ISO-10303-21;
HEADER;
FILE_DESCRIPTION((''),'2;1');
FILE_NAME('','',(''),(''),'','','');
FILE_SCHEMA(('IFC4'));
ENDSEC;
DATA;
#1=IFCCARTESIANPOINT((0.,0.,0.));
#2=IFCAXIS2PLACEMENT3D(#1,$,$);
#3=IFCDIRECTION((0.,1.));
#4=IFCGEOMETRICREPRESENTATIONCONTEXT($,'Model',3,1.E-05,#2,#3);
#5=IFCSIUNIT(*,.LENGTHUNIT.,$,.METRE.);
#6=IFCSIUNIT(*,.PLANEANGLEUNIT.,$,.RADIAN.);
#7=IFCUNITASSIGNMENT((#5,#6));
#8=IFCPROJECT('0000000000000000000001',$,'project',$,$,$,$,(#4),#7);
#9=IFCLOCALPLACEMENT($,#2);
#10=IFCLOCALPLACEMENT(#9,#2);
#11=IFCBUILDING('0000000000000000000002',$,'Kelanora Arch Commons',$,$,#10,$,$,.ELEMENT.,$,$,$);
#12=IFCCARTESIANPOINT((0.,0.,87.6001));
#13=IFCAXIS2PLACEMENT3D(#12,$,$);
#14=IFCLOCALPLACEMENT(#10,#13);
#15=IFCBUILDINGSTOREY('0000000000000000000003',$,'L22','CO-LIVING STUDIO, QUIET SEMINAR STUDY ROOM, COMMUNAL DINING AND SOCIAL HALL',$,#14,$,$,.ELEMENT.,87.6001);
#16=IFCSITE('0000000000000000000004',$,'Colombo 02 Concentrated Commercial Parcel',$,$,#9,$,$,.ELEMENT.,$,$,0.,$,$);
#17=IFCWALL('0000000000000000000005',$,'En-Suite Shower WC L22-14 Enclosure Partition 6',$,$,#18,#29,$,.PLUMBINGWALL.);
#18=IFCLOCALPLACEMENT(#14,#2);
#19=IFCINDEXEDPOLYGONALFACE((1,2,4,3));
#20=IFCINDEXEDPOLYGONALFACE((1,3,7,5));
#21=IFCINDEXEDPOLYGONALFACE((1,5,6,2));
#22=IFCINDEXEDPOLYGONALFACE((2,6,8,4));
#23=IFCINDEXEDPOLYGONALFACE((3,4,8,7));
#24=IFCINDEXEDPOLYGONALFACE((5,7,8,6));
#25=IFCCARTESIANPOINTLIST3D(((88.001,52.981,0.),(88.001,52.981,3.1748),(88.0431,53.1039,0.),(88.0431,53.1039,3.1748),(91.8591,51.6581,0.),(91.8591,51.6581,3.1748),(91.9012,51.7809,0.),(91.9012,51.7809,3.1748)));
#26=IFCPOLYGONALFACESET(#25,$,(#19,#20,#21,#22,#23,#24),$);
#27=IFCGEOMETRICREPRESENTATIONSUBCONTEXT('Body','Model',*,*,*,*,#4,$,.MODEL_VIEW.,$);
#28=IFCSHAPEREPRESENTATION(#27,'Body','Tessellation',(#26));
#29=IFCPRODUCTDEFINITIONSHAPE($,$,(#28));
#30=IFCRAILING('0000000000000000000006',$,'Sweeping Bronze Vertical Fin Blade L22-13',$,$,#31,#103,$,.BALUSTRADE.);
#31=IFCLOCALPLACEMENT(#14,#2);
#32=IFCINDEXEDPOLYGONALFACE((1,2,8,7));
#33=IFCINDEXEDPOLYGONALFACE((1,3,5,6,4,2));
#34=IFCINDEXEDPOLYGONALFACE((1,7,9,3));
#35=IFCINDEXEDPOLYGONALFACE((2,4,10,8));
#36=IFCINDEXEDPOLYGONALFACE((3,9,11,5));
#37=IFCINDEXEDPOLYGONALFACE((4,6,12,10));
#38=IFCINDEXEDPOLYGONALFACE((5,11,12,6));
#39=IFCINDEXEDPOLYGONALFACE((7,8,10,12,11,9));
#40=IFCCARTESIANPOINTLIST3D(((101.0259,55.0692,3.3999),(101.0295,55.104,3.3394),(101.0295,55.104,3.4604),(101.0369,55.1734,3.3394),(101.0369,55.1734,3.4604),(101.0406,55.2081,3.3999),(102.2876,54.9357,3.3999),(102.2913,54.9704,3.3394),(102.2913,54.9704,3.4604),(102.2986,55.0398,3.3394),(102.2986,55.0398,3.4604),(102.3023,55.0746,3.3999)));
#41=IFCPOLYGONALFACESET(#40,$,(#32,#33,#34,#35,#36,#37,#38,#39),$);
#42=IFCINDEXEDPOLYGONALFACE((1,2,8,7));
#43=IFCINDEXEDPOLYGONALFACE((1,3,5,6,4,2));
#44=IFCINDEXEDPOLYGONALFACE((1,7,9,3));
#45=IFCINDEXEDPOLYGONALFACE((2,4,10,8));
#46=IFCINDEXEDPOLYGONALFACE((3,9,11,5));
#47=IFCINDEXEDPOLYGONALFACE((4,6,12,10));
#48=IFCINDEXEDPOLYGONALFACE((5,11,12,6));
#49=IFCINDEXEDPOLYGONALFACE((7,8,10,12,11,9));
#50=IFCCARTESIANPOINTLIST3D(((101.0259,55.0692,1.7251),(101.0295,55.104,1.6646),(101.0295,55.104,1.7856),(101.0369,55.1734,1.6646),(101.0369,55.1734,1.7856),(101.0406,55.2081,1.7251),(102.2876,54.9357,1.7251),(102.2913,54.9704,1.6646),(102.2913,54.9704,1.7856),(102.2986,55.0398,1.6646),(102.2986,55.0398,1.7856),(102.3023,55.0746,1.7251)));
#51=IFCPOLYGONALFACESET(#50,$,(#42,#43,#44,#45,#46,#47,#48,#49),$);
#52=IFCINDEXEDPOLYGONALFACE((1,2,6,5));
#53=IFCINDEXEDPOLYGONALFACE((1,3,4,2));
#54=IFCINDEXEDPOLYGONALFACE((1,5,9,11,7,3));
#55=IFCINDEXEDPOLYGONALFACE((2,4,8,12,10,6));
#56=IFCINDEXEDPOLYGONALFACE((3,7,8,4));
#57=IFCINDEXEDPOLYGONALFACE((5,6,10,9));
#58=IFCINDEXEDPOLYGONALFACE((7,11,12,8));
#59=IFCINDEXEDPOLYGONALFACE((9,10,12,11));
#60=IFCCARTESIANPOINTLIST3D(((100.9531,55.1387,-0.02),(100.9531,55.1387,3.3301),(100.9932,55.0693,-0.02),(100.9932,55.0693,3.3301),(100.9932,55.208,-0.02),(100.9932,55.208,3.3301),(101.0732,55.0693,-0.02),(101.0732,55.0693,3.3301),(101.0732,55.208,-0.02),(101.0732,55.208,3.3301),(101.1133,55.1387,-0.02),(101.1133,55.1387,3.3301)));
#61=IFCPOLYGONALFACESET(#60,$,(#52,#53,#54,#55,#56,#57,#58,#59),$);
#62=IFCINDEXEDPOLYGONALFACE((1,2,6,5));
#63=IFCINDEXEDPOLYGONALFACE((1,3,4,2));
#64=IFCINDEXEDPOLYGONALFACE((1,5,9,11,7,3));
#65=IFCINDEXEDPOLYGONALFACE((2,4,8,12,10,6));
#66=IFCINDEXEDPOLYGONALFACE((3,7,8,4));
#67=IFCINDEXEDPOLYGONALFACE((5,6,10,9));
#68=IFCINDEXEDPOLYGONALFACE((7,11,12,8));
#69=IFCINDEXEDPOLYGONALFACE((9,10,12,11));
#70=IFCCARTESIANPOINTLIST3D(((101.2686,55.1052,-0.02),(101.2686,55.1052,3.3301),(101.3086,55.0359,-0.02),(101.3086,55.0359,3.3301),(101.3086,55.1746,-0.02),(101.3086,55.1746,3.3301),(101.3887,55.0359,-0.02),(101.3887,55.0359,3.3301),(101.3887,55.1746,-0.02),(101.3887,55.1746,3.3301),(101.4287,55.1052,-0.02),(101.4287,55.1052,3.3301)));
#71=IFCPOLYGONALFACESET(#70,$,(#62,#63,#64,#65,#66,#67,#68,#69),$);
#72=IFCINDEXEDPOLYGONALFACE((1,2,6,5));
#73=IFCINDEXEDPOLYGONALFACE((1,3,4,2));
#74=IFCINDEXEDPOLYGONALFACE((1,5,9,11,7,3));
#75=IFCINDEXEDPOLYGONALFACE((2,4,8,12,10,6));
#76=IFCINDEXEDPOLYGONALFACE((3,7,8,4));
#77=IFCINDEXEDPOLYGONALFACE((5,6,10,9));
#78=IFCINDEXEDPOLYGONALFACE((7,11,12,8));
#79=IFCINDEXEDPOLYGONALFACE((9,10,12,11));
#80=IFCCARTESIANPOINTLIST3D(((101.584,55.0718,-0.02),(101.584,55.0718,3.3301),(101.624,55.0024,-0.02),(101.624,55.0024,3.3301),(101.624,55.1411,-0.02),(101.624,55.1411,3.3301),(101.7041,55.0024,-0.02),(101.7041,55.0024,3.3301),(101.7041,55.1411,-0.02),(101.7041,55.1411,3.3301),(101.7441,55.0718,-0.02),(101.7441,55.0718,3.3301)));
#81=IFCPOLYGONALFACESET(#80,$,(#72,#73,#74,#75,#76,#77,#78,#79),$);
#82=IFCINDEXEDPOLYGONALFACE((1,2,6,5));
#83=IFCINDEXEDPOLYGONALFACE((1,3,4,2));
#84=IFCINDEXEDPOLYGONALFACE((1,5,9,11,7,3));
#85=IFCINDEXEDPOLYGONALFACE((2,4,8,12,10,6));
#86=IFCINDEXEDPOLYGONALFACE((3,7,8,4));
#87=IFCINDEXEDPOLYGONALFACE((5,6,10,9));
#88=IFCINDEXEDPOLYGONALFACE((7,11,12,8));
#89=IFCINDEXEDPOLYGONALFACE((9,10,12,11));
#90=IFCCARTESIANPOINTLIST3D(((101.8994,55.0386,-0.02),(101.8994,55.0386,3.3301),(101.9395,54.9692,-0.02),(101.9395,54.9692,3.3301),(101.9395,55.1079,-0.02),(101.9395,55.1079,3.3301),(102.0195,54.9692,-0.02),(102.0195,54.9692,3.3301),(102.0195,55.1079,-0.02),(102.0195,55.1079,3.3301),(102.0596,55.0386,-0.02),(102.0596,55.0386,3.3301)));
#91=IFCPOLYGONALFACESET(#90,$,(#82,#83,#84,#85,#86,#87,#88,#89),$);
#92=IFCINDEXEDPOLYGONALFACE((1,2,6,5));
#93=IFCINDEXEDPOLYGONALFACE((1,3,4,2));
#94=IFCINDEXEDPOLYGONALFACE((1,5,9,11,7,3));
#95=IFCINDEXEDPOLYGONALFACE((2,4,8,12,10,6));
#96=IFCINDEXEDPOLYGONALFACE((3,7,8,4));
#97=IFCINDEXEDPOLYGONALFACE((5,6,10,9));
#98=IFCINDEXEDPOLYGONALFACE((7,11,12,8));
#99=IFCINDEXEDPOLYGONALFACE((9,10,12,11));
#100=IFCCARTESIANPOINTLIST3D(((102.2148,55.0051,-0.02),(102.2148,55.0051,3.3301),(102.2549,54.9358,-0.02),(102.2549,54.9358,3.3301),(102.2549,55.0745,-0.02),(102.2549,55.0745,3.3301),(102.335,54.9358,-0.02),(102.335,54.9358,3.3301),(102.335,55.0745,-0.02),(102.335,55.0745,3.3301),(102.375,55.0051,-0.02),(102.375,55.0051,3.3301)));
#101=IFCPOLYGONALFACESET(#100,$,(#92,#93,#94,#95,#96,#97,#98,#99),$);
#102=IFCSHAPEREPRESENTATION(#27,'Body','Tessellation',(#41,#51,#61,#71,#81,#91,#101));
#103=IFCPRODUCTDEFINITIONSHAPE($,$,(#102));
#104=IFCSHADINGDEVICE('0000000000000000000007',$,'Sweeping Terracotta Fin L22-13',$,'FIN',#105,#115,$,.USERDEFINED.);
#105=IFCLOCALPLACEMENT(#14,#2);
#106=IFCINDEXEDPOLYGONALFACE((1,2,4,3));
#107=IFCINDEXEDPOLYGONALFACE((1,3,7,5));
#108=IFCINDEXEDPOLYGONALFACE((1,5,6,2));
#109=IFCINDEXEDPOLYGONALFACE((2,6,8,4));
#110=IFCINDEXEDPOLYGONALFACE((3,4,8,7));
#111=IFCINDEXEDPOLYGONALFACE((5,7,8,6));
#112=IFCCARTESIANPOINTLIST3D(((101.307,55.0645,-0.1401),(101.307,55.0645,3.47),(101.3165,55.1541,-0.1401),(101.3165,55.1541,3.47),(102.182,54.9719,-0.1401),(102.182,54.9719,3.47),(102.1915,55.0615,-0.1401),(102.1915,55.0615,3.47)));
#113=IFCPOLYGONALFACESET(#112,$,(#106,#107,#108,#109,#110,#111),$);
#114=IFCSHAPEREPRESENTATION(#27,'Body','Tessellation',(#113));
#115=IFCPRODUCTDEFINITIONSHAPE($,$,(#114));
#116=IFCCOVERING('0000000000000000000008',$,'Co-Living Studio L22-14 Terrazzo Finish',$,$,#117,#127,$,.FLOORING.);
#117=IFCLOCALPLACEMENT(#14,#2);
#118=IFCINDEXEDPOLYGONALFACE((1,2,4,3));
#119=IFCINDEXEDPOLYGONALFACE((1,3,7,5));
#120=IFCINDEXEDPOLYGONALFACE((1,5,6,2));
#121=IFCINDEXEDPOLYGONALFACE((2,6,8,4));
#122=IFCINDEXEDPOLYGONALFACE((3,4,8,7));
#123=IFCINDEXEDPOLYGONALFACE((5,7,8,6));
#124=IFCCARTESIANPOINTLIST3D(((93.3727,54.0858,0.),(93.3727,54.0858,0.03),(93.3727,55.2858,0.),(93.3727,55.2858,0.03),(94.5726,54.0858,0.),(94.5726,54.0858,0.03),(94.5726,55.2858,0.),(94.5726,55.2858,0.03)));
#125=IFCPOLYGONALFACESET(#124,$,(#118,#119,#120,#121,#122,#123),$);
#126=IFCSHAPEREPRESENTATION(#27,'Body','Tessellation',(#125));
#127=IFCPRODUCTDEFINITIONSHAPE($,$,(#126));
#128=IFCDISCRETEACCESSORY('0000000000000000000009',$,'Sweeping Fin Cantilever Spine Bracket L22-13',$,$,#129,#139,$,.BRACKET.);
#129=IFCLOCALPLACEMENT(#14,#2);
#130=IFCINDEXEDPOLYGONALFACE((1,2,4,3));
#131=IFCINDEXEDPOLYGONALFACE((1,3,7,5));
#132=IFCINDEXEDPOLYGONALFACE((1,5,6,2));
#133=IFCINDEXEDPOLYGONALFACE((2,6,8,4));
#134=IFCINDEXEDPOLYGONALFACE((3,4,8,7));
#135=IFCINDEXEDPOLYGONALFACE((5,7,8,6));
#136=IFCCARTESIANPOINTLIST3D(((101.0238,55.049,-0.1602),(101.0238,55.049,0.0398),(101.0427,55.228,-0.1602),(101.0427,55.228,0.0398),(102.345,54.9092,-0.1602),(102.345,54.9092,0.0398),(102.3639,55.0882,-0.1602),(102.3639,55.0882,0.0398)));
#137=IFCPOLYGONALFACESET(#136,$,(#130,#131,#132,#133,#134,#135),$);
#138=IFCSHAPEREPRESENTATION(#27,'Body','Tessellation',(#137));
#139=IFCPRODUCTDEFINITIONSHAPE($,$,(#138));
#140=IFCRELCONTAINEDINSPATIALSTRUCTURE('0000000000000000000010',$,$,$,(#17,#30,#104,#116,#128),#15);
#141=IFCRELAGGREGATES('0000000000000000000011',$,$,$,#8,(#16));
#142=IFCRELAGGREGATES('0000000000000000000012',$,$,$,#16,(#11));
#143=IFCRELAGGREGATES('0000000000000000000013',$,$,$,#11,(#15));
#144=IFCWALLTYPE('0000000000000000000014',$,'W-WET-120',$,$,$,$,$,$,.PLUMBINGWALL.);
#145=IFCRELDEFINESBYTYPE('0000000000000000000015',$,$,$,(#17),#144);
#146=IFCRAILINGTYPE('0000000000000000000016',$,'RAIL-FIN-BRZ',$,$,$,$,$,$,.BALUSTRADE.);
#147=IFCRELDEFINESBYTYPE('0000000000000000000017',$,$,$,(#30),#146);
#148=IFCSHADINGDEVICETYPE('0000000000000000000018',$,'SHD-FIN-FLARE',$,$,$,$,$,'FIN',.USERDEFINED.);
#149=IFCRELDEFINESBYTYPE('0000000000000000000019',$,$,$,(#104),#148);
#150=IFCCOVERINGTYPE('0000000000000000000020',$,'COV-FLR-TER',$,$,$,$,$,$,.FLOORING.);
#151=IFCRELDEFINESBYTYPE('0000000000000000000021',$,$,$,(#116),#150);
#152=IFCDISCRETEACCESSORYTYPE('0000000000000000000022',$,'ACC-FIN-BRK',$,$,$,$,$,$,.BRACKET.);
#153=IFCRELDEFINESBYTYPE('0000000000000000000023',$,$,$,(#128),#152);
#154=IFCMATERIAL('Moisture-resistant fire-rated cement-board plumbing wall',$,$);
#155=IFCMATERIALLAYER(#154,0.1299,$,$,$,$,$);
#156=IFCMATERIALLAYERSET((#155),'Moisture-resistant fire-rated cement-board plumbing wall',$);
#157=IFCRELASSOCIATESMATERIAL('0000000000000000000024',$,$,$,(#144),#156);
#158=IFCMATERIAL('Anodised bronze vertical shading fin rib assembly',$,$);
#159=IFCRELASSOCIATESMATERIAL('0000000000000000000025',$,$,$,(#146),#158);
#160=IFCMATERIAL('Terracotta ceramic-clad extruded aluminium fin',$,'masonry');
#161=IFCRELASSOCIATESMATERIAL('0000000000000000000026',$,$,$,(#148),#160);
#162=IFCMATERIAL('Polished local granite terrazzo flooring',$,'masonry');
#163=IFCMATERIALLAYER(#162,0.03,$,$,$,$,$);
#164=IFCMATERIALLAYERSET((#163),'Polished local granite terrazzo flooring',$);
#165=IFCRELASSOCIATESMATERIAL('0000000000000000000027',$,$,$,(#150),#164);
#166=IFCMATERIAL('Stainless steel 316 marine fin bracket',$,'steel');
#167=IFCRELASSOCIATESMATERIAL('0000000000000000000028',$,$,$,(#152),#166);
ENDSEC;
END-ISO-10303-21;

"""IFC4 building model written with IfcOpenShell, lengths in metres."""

from ifc_helpers import new_model, si_unit, direction, frame, frame_2d, origin, origin_2d, place, context, subcontext, project, spatial, polyline, rectangle, outline, extrude, source, transform, mapped, material, layer, layer_set, type_object, element, save


model = new_model("IFC4")

# Units and contexts
model_context = context("Model", 3, precision=1e-05, world=origin(), true_north=direction((0.0, 1.0)))
body_context = subcontext(model_context, "Body", "Model", "MODEL_VIEW")
ifc_project = project(units=[si_unit("LENGTHUNIT", "METRE"), si_unit("PLANEANGLEUNIT", "RADIAN")], contexts=[model_context])

# Site, building, storey
site_placement = place(None, origin())
site = spatial("IfcSite", under=ifc_project, at=site_placement, Name="Colombo 02 Concentrated Commercial Parcel", CompositionType="ELEMENT", RefElevation=0.0)
building_placement = place(site_placement, origin())
building = spatial("IfcBuilding", under=site, at=building_placement, Name="Kelanora Arch Commons", CompositionType="ELEMENT")
storey_placement = place(building_placement, frame((0.0, 0.0, 87.6001)))
storey = spatial("IfcBuildingStorey", under=building, at=storey_placement, Name="L22", Description="CO-LIVING STUDIO, QUIET SEMINAR STUDY ROOM, COMMUNAL DINING AND SOCIAL HALL", CompositionType="ELEMENT", Elevation=87.6001)

# Shared definitions
ifc_material_1 = material(Name="Moisture-resistant fire-rated cement-board plumbing wall")
ifc_layer_1 = layer(ifc_material_1, 0.1299)
ifc_layer_set_1 = layer_set([ifc_layer_1], Name="Moisture-resistant fire-rated cement-board plumbing wall")
wall_type_1 = type_object("IfcWallType", Name="W-WET-120", PredefinedType="PLUMBINGWALL", material=ifc_layer_set_1)

# Wall
wall_1_placement = place(storey_placement, frame((91.8801, 51.7195, 0.0), z_axis=(0.0, 0.0, 1.0), x_axis=(-0.945931, 0.324369, 0.0)))
element("IfcWall", 1, at=wall_1_placement, inside=storey, type_object=wall_type_1, Name="En-Suite Shower WC L22-14 Enclosure Partition 6", PredefinedType="PLUMBINGWALL", context=body_context, shape_type="SweptSolid", body=[
    extrude(rectangle(XDim=4.0786, YDim=0.1299, at=frame_2d((2.0393, 0.0))), origin(), (0.0, 0.0, 1.0), 3.1748),
])

# Railing
ifc_material_2 = material(Name="Anodised bronze vertical shading fin rib assembly")
railing_type_1 = type_object("IfcRailingType", Name="RAIL-FIN-BRZ", PredefinedType="BALUSTRADE", material=ifc_material_2)
railing_1_placement = place(storey_placement, frame((101.0332, 55.1387, -0.02)))
element("IfcRailing", 2, at=railing_1_placement, inside=storey, type_object=railing_type_1, Name="Sweeping Bronze Vertical Fin Blade L22-13", PredefinedType="BALUSTRADE", context=body_context, shape_type="SweptSolid", body=[
    extrude(outline(polyline([(0.0698, 0.0), (0.0349, 0.0605), (-0.0349, 0.0605), (-0.0698, 0.0), (-0.0349, -0.0605), (0.0349, -0.0605), (0.0698, 0.0)])), frame((0.0, 0.0, 3.4199), z_axis=(0.994445, -0.105256, 0.0), x_axis=(0.105256, 0.994445, 0.0)), (0.0, 0.0, 1.0), 1.2688),
    extrude(outline(polyline([(0.0698, 0.0), (0.0349, 0.0605), (-0.0349, 0.0605), (-0.0698, 0.0), (-0.0349, -0.0605), (0.0349, -0.0605), (0.0698, 0.0)])), frame((0.0, 0.0, 1.7451), z_axis=(0.994445, -0.105256, 0.0), x_axis=(0.105256, 0.994445, 0.0)), (0.0, 0.0, 1.0), 1.2688),
    extrude(outline(polyline([(0.0801, 0.0), (0.04, 0.0693), (-0.04, 0.0693), (-0.0801, 0.0), (-0.04, -0.0693), (0.04, -0.0693), (0.0801, 0.0)])), origin(), (0.0, 0.0, 1.0), 3.3501),
    extrude(outline(polyline([(0.0801, 0.0), (0.04, 0.0693), (-0.04, 0.0693), (-0.0801, 0.0), (-0.04, -0.0693), (0.04, -0.0693), (0.0801, 0.0)])), frame((0.3154, -0.0334, 0.0)), (0.0, 0.0, 1.0), 3.3501),
    extrude(outline(polyline([(0.0801, 0.0), (0.04, 0.0693), (-0.04, 0.0693), (-0.0801, 0.0), (-0.04, -0.0693), (0.04, -0.0693), (0.0801, 0.0)])), frame((0.6309, -0.0669, 0.0)), (0.0, 0.0, 1.0), 3.3501),
    extrude(outline(polyline([(0.0801, 0.0), (0.04, 0.0693), (-0.04, 0.0693), (-0.0801, 0.0), (-0.04, -0.0693), (0.04, -0.0693), (0.0801, 0.0)])), frame((0.9463, -0.1001, 0.0)), (0.0, 0.0, 1.0), 3.3501),
    extrude(outline(polyline([(0.0801, 0.0), (0.04, 0.0693), (-0.04, 0.0693), (-0.0801, 0.0), (-0.04, -0.0693), (0.04, -0.0693), (0.0801, 0.0)])), frame((1.2617, -0.1335, 0.0)), (0.0, 0.0, 1.0), 3.3501),
])

# Shading device
ifc_material_3 = material(Name="Terracotta ceramic-clad extruded aluminium fin", Category="masonry")
shading_device_type = type_object("IfcShadingDeviceType", Name="SHD-FIN-FLARE", ElementType="FIN", PredefinedType="USERDEFINED", material=ifc_material_3)
shared_shape_1 = source(origin(), body_context, "Body", "SweptSolid", [
    extrude(rectangle(XDim=0.8799, YDim=0.0901, at=origin_2d()), origin(), (0.0, 0.0, 1.0), 3.6101),
])
shading_device_placement = place(storey_placement, frame((101.7493, 55.063, -0.1401), z_axis=(0.0, 0.0, 1.0), x_axis=(0.994449, -0.105223, 0.0)))
element("IfcShadingDevice", 3, at=shading_device_placement, inside=storey, type_object=shading_device_type, Name="Sweeping Terracotta Fin L22-13", ObjectType="FIN", PredefinedType="USERDEFINED", context=body_context, shape_type="MappedRepresentation", body=[
    mapped(shared_shape_1, transform((0.0, 0.0, 0.0), scale=1.0)),
])

# Covering
ifc_material_4 = material(Name="Polished local granite terrazzo flooring", Category="masonry")
ifc_layer_2 = layer(ifc_material_4, 0.03)
ifc_layer_set_2 = layer_set([ifc_layer_2], Name="Polished local granite terrazzo flooring")
covering_type = type_object("IfcCoveringType", Name="COV-FLR-TER", PredefinedType="FLOORING", material=ifc_layer_set_2)
shared_shape_2 = source(origin(), body_context, "Body", "SweptSolid", [
    extrude(rectangle(XDim=1.2, YDim=1.2, at=origin_2d()), origin(), (0.0, 0.0, 1.0), 0.03),
])
covering_placement = place(storey_placement, frame((93.9727, 54.6858, 0.0), z_axis=(0.0, 0.0, 1.0), x_axis=(1.0, 0.0, 0.0)))
element("IfcCovering", 4, at=covering_placement, inside=storey, type_object=covering_type, Name="Co-Living Studio L22-14 Terrazzo Finish", PredefinedType="FLOORING", context=body_context, shape_type="MappedRepresentation", body=[
    mapped(shared_shape_2, transform((0.0, 0.0, 0.0), scale=1.0)),
])

# Discrete accessory
ifc_material_5 = material(Name="Stainless steel 316 marine fin bracket", Category="steel")
discrete_accessory_type = type_object("IfcDiscreteAccessoryType", Name="ACC-FIN-BRK", PredefinedType="BRACKET", material=ifc_material_5)
shared_shape_3 = source(origin(), body_context, "Body", "SweptSolid", [
    extrude(rectangle(XDim=1.3286, YDim=0.1799, at=origin_2d()), origin(), (0.0, 0.0, 1.0), 0.2),
])
discrete_accessory_placement = place(storey_placement, frame((101.6938, 55.0686, -0.1602), z_axis=(0.0, 0.0, 1.0), x_axis=(0.994449, -0.105223, 0.0)))
element("IfcDiscreteAccessory", 5, at=discrete_accessory_placement, inside=storey, type_object=discrete_accessory_type, Name="Sweeping Fin Cantilever Spine Bracket L22-13", PredefinedType="BRACKET", context=body_context, shape_type="MappedRepresentation", body=[
    mapped(shared_shape_3, transform((0.0, 0.0, 0.0), scale=1.0)),
])

save(model, "model.ifc")
